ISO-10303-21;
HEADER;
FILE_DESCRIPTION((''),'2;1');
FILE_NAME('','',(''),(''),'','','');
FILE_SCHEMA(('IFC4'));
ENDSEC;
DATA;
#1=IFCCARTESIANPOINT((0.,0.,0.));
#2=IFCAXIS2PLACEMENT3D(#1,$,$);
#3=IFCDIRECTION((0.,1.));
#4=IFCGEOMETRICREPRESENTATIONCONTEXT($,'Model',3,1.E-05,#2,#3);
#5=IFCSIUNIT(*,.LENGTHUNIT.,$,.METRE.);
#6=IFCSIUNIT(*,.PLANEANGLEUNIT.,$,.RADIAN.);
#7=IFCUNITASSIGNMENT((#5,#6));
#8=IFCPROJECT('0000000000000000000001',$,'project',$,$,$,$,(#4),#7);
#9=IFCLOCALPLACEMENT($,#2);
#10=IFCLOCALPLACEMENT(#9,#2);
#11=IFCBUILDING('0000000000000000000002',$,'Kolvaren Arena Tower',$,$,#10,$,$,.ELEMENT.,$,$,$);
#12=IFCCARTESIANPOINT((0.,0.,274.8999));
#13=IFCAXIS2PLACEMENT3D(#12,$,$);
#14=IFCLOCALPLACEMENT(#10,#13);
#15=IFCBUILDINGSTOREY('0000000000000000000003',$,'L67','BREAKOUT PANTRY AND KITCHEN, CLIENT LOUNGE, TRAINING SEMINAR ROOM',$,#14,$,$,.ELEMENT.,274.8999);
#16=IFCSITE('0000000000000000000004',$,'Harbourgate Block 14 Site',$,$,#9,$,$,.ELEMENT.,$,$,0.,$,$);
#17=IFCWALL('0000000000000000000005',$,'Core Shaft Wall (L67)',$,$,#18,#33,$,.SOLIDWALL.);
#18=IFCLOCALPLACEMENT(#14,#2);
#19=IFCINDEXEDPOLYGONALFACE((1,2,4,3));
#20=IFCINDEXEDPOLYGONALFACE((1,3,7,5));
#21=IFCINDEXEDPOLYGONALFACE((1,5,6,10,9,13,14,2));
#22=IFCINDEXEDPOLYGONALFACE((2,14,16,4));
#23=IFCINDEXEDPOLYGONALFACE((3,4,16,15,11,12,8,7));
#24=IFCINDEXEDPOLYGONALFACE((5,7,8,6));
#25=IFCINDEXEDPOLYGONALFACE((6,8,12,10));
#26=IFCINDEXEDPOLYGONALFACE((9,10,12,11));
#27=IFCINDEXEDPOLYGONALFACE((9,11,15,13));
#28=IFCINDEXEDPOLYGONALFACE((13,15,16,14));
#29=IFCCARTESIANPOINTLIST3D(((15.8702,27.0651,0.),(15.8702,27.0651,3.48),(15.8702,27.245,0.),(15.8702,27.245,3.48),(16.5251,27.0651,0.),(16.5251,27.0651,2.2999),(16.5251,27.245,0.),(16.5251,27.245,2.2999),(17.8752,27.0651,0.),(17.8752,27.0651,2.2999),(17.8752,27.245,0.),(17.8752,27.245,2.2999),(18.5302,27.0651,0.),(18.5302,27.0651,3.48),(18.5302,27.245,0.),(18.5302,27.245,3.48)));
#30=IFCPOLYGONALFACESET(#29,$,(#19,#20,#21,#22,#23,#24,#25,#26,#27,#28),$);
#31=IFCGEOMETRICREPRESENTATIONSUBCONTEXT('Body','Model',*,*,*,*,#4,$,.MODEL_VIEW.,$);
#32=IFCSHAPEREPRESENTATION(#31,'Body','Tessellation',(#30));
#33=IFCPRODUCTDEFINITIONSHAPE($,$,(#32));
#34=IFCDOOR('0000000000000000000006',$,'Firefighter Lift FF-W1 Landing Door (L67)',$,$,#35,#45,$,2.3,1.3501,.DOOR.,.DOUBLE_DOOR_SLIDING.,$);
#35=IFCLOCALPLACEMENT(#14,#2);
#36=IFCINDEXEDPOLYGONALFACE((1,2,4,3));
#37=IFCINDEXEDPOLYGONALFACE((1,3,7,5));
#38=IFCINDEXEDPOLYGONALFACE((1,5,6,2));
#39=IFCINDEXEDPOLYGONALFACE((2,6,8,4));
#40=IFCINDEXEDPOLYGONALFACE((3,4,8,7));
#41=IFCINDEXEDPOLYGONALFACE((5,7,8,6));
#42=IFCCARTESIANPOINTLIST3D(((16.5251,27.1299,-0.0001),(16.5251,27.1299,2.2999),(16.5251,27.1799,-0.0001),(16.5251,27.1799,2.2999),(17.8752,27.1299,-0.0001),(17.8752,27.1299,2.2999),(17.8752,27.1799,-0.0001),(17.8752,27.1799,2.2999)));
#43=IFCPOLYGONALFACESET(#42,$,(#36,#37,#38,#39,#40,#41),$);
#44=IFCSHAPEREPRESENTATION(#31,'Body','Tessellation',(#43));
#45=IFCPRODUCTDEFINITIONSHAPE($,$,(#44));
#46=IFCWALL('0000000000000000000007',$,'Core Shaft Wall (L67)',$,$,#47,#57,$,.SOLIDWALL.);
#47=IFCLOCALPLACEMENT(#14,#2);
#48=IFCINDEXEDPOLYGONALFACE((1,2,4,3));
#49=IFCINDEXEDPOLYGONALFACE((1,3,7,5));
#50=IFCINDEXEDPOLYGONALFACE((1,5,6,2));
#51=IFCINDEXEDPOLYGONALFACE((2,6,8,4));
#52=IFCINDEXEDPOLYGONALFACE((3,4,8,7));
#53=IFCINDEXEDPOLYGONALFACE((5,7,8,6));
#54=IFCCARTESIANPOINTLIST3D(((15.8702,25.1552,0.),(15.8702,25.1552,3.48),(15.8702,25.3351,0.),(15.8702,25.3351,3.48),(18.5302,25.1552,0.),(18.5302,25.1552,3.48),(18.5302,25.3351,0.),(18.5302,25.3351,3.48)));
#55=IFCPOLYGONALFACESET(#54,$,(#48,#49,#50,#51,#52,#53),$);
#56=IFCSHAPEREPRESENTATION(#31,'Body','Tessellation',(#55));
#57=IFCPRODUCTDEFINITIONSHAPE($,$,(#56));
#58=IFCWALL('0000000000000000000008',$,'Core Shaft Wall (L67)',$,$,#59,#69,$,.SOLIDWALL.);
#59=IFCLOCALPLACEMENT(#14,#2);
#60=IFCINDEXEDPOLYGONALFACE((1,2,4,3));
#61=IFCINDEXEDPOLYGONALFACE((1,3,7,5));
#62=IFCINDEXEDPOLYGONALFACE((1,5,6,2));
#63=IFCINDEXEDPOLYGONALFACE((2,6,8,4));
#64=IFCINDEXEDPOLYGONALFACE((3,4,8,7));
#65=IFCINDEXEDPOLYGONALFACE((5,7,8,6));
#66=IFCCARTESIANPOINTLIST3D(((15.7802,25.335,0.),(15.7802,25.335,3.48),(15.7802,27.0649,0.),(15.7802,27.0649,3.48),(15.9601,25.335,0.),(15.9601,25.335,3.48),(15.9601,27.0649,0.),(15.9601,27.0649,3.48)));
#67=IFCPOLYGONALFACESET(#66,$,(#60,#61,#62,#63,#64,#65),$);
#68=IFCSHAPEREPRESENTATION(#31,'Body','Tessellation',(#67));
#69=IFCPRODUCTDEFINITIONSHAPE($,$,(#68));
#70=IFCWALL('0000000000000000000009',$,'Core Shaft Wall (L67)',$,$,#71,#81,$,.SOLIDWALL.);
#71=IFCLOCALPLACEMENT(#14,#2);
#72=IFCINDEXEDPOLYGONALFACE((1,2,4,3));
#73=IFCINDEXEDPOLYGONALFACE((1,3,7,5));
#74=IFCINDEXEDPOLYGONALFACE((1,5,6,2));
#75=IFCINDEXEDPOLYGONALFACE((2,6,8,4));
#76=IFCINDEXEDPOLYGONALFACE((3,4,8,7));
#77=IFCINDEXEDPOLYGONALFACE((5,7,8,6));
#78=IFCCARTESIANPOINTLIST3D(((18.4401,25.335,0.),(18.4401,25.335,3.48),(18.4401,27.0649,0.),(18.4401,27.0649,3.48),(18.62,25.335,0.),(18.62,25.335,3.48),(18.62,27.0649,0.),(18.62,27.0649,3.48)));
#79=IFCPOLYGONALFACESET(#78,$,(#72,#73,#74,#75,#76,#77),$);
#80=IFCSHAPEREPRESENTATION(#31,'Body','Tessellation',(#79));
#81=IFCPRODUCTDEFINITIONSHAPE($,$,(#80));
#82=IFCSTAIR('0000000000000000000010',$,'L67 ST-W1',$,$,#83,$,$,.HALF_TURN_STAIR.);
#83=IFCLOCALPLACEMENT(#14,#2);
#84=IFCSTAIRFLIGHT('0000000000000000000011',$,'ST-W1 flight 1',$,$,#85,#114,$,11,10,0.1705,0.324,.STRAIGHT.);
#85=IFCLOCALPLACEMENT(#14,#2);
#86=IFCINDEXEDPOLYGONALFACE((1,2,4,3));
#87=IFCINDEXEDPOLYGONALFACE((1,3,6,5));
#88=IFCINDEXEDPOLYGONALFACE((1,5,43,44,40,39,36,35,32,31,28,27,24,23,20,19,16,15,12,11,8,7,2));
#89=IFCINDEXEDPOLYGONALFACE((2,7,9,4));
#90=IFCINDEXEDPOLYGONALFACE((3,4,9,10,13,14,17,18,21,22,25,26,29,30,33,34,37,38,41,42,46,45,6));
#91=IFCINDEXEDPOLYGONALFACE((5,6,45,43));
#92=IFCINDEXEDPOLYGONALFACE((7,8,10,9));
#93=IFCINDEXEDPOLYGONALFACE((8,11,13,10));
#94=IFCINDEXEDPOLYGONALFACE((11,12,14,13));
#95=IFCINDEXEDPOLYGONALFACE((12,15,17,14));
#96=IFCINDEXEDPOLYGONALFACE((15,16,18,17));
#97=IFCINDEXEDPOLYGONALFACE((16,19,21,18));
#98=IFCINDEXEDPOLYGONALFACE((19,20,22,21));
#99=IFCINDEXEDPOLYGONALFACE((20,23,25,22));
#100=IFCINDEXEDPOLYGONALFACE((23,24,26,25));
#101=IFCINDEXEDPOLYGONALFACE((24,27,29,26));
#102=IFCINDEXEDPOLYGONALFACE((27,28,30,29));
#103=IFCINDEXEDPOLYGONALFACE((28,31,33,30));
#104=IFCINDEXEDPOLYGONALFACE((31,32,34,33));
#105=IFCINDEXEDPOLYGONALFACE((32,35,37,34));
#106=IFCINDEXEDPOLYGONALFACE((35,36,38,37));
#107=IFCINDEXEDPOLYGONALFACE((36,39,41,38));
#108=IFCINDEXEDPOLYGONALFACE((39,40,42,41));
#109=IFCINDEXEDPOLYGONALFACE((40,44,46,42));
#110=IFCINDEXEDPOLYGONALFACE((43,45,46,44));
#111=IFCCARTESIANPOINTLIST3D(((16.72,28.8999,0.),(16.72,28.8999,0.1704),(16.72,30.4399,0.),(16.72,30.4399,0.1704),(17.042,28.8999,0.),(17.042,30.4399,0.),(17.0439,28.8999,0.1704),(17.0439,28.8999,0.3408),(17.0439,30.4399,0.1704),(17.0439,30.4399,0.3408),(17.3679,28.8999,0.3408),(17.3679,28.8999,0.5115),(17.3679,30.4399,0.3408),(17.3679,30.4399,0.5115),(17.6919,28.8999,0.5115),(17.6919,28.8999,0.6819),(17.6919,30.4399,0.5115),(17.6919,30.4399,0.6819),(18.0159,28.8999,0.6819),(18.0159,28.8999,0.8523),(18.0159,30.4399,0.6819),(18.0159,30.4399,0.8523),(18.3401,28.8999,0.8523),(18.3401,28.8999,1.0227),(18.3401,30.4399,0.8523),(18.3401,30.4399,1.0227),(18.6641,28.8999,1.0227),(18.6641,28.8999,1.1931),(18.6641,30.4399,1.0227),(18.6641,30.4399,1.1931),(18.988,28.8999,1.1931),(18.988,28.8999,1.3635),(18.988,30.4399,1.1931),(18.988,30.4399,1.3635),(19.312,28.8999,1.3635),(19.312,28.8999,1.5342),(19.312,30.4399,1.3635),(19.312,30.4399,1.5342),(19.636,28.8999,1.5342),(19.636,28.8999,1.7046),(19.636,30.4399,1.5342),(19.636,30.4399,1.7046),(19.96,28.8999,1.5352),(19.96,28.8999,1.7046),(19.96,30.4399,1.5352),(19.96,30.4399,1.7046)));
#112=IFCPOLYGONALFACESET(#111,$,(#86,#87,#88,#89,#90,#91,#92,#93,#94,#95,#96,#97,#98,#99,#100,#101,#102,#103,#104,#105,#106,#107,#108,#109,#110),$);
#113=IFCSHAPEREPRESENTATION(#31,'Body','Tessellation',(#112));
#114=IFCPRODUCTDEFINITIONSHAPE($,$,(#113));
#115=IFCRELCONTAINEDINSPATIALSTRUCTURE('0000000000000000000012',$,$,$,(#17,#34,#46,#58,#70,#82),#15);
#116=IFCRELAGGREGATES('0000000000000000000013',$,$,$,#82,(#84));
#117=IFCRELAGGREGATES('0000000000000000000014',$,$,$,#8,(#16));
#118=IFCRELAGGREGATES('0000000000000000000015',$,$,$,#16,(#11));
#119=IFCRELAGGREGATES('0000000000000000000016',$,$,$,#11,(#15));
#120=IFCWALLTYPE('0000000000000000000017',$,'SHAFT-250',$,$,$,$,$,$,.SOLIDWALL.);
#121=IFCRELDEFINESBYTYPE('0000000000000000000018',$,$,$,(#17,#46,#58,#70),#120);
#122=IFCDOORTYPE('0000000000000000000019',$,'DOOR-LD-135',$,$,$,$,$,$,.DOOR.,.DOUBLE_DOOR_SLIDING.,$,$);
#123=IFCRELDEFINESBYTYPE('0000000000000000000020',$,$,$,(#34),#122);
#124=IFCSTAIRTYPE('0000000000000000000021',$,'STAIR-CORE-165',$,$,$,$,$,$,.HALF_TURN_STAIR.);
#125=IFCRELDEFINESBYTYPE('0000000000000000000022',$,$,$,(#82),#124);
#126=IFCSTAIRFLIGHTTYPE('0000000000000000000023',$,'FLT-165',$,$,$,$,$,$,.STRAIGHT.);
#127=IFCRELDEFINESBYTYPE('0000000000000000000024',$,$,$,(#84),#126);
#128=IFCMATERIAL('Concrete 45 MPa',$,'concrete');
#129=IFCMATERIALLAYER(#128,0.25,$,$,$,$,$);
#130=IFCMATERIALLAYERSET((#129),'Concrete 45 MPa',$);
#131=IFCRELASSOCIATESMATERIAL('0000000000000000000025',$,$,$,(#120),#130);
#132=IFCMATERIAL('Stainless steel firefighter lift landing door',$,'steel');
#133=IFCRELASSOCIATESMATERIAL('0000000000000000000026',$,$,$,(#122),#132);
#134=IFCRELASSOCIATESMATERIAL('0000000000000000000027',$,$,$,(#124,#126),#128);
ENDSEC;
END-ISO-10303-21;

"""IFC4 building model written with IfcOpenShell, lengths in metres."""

from ifc_helpers import new_model, si_unit, direction, frame, frame_2d, origin, place, context, subcontext, project, spatial, polyline, rectangle, outline, extrude, material, layer, layer_set, type_object, element, fill, aggregate, save


model = new_model("IFC4")

# Units and contexts
model_context = context("Model", 3, precision=1e-05, world=origin(), true_north=direction((0.0, 1.0)))
body_context = subcontext(model_context, "Body", "Model", "MODEL_VIEW")
ifc_project = project(units=[si_unit("LENGTHUNIT", "METRE"), si_unit("PLANEANGLEUNIT", "RADIAN")], contexts=[model_context])

# Site, building, storey
site_placement = place(None, origin())
site = spatial("IfcSite", under=ifc_project, at=site_placement, Name="Harbourgate Block 14 Site", CompositionType="ELEMENT", RefElevation=0.0)
building_placement = place(site_placement, origin())
building = spatial("IfcBuilding", under=site, at=building_placement, Name="Kolvaren Arena Tower", CompositionType="ELEMENT")
storey_placement = place(building_placement, frame((0.0, 0.0, 274.8999)))
storey = spatial("IfcBuildingStorey", under=building, at=storey_placement, Name="L67", Description="BREAKOUT PANTRY AND KITCHEN, CLIENT LOUNGE, TRAINING SEMINAR ROOM", CompositionType="ELEMENT", Elevation=274.8999)

# Shared definitions
ifc_material_1 = material(Name="Concrete 45 MPa", Category="concrete")
ifc_layer_1 = layer(ifc_material_1, 0.25)
ifc_layer_set_1 = layer_set([ifc_layer_1], Name="Concrete 45 MPa")
wall_type_1 = type_object("IfcWallType", Name="SHAFT-250", PredefinedType="SOLIDWALL", material=ifc_layer_set_1)

# Wall, opening, door
wall_1_placement = place(storey_placement, frame((15.8701, 27.155, 0.0), z_axis=(0.0, 0.0, 1.0), x_axis=(1.0, 0.0, 0.0)))
wall_1 = element("IfcWall", 1, at=wall_1_placement, inside=storey, type_object=wall_type_1, Name="Core Shaft Wall (L67)", PredefinedType="SOLIDWALL", context=body_context, shape_type="SweptSolid", body=[
    extrude(rectangle(XDim=2.6599, YDim=0.1799, at=frame_2d((1.3301, 0.0))), origin(), (0.0, 0.0, 1.0), 3.48),
])
opening_placement = place(wall_1_placement, frame((0.655, 0.0, 0.0)))
opening = element("IfcOpeningElement", 2, at=opening_placement, cuts=wall_1, PredefinedType="OPENING", context=body_context, shape_type="SweptSolid", body=[
    extrude(rectangle(XDim=1.3501, YDim=2.3, at=frame_2d((0.675, 1.1499))), frame((0.0, 0.0999, 0.0), z_axis=(0.0, -1.0, 0.0), x_axis=(1.0, 0.0, 0.0)), (0.0, 0.0, 1.0), 0.2),
])
ifc_material_2 = material(Name="Stainless steel firefighter lift landing door", Category="steel")
door_type = type_object("IfcDoorType", Name="DOOR-LD-135", OperationType="DOUBLE_DOOR_SLIDING", PredefinedType="DOOR", material=ifc_material_2)
door_placement = place(opening_placement, origin())
door = element("IfcDoor", 3, at=door_placement, inside=storey, type_object=door_type, Name="Firefighter Lift FF-W1 Landing Door (L67)", OperationType="DOUBLE_DOOR_SLIDING", OverallHeight=2.3, OverallWidth=1.3501, PredefinedType="DOOR", context=body_context, shape_type="SweptSolid", body=[
    extrude(rectangle(XDim=1.3501, YDim=2.3, at=frame_2d((0.675, 1.1499))), frame((0.0, 0.0249, 0.0), z_axis=(0.0, -1.0, 0.0), x_axis=(1.0, 0.0, 0.0)), (0.0, 0.0, 1.0), 0.05),
])
fill(opening, door)

# Walls
wall_2_placement = place(storey_placement, frame((15.8701, 25.2451, 0.0), z_axis=(0.0, 0.0, 1.0), x_axis=(1.0, 0.0, 0.0)))
element("IfcWall", 4, at=wall_2_placement, inside=storey, type_object=wall_type_1, Name="Core Shaft Wall (L67)", PredefinedType="SOLIDWALL", context=body_context, shape_type="SweptSolid", body=[
    extrude(rectangle(XDim=2.6599, YDim=0.1799, at=frame_2d((1.3301, 0.0))), origin(), (0.0, 0.0, 1.0), 3.48),
])
for number, where, z_axis, x_axis, name in (
    (5, (15.8701, 25.335, 0.0), (0.0, 0.0, 1.0), (0.0, 1.0, 0.0), "Core Shaft Wall (L67)"),
    (6, (18.53, 25.335, 0.0), (0.0, 0.0, 1.0), (0.0, 1.0, 0.0), "Core Shaft Wall (L67)"),
):
    element("IfcWall", number, at=place(storey_placement, frame(where, z_axis=z_axis, x_axis=x_axis)), inside=storey, type_object=wall_type_1, Name=name, PredefinedType="SOLIDWALL", context=body_context, shape_type="SweptSolid", body=[
        extrude(rectangle(XDim=1.73, YDim=0.1799, at=frame_2d((0.865, 0.0))), origin(), (0.0, 0.0, 1.0), 3.48),
    ])

# Stair, stair flight
stair_type = type_object("IfcStairType", Name="STAIR-CORE-165", PredefinedType="HALF_TURN_STAIR", material=ifc_material_1)
stair_placement = place(storey_placement, origin())
stair = element("IfcStair", 7, at=stair_placement, inside=storey, type_object=stair_type, Name="L67 ST-W1", PredefinedType="HALF_TURN_STAIR")
stair_flight_type = type_object("IfcStairFlightType", Name="FLT-165", PredefinedType="STRAIGHT", material=ifc_material_1)
stair_flight_placement = place(storey_placement, frame((16.72, 29.6699, 0.0), z_axis=(0.0, 0.0, 1.0), x_axis=(1.0, 0.0, 0.0)))
stair_flight = element("IfcStairFlight", 8, at=stair_flight_placement, type_object=stair_flight_type, Name="ST-W1 flight 1", NumberOfRisers=11, NumberOfTreads=10, PredefinedType="STRAIGHT", RiserHeight=0.1705, TreadLength=0.324, context=body_context, shape_type="SweptSolid", body=[
    extrude(outline(polyline([(0.0, 0.0), (0.0, 0.1704), (0.324, 0.1704), (0.324, 0.3408), (0.6479, 0.3408), (0.6479, 0.5115), (0.9719, 0.5115), (0.9719, 0.6819), (1.2959, 0.6819), (1.2959, 0.8523), (1.6201, 0.8523), (1.6201, 1.0227), (1.9441, 1.0227), (1.9441, 1.1931), (2.2681, 1.1931), (2.2681, 1.3635), (2.592, 1.3635), (2.592, 1.5342), (2.916, 1.5342), (2.916, 1.7046), (3.24, 1.7046), (3.24, 1.875), (3.24, 1.5352), (0.322, 0.0), (0.0, 0.0)])), frame((0.0, 0.77, 0.0), z_axis=(0.0, -1.0, 0.0), x_axis=(1.0, 0.0, 0.0)), (0.0, 0.0, 1.0), 1.54),
])
aggregate(stair, [stair_flight])

save(model, "model.ifc")
